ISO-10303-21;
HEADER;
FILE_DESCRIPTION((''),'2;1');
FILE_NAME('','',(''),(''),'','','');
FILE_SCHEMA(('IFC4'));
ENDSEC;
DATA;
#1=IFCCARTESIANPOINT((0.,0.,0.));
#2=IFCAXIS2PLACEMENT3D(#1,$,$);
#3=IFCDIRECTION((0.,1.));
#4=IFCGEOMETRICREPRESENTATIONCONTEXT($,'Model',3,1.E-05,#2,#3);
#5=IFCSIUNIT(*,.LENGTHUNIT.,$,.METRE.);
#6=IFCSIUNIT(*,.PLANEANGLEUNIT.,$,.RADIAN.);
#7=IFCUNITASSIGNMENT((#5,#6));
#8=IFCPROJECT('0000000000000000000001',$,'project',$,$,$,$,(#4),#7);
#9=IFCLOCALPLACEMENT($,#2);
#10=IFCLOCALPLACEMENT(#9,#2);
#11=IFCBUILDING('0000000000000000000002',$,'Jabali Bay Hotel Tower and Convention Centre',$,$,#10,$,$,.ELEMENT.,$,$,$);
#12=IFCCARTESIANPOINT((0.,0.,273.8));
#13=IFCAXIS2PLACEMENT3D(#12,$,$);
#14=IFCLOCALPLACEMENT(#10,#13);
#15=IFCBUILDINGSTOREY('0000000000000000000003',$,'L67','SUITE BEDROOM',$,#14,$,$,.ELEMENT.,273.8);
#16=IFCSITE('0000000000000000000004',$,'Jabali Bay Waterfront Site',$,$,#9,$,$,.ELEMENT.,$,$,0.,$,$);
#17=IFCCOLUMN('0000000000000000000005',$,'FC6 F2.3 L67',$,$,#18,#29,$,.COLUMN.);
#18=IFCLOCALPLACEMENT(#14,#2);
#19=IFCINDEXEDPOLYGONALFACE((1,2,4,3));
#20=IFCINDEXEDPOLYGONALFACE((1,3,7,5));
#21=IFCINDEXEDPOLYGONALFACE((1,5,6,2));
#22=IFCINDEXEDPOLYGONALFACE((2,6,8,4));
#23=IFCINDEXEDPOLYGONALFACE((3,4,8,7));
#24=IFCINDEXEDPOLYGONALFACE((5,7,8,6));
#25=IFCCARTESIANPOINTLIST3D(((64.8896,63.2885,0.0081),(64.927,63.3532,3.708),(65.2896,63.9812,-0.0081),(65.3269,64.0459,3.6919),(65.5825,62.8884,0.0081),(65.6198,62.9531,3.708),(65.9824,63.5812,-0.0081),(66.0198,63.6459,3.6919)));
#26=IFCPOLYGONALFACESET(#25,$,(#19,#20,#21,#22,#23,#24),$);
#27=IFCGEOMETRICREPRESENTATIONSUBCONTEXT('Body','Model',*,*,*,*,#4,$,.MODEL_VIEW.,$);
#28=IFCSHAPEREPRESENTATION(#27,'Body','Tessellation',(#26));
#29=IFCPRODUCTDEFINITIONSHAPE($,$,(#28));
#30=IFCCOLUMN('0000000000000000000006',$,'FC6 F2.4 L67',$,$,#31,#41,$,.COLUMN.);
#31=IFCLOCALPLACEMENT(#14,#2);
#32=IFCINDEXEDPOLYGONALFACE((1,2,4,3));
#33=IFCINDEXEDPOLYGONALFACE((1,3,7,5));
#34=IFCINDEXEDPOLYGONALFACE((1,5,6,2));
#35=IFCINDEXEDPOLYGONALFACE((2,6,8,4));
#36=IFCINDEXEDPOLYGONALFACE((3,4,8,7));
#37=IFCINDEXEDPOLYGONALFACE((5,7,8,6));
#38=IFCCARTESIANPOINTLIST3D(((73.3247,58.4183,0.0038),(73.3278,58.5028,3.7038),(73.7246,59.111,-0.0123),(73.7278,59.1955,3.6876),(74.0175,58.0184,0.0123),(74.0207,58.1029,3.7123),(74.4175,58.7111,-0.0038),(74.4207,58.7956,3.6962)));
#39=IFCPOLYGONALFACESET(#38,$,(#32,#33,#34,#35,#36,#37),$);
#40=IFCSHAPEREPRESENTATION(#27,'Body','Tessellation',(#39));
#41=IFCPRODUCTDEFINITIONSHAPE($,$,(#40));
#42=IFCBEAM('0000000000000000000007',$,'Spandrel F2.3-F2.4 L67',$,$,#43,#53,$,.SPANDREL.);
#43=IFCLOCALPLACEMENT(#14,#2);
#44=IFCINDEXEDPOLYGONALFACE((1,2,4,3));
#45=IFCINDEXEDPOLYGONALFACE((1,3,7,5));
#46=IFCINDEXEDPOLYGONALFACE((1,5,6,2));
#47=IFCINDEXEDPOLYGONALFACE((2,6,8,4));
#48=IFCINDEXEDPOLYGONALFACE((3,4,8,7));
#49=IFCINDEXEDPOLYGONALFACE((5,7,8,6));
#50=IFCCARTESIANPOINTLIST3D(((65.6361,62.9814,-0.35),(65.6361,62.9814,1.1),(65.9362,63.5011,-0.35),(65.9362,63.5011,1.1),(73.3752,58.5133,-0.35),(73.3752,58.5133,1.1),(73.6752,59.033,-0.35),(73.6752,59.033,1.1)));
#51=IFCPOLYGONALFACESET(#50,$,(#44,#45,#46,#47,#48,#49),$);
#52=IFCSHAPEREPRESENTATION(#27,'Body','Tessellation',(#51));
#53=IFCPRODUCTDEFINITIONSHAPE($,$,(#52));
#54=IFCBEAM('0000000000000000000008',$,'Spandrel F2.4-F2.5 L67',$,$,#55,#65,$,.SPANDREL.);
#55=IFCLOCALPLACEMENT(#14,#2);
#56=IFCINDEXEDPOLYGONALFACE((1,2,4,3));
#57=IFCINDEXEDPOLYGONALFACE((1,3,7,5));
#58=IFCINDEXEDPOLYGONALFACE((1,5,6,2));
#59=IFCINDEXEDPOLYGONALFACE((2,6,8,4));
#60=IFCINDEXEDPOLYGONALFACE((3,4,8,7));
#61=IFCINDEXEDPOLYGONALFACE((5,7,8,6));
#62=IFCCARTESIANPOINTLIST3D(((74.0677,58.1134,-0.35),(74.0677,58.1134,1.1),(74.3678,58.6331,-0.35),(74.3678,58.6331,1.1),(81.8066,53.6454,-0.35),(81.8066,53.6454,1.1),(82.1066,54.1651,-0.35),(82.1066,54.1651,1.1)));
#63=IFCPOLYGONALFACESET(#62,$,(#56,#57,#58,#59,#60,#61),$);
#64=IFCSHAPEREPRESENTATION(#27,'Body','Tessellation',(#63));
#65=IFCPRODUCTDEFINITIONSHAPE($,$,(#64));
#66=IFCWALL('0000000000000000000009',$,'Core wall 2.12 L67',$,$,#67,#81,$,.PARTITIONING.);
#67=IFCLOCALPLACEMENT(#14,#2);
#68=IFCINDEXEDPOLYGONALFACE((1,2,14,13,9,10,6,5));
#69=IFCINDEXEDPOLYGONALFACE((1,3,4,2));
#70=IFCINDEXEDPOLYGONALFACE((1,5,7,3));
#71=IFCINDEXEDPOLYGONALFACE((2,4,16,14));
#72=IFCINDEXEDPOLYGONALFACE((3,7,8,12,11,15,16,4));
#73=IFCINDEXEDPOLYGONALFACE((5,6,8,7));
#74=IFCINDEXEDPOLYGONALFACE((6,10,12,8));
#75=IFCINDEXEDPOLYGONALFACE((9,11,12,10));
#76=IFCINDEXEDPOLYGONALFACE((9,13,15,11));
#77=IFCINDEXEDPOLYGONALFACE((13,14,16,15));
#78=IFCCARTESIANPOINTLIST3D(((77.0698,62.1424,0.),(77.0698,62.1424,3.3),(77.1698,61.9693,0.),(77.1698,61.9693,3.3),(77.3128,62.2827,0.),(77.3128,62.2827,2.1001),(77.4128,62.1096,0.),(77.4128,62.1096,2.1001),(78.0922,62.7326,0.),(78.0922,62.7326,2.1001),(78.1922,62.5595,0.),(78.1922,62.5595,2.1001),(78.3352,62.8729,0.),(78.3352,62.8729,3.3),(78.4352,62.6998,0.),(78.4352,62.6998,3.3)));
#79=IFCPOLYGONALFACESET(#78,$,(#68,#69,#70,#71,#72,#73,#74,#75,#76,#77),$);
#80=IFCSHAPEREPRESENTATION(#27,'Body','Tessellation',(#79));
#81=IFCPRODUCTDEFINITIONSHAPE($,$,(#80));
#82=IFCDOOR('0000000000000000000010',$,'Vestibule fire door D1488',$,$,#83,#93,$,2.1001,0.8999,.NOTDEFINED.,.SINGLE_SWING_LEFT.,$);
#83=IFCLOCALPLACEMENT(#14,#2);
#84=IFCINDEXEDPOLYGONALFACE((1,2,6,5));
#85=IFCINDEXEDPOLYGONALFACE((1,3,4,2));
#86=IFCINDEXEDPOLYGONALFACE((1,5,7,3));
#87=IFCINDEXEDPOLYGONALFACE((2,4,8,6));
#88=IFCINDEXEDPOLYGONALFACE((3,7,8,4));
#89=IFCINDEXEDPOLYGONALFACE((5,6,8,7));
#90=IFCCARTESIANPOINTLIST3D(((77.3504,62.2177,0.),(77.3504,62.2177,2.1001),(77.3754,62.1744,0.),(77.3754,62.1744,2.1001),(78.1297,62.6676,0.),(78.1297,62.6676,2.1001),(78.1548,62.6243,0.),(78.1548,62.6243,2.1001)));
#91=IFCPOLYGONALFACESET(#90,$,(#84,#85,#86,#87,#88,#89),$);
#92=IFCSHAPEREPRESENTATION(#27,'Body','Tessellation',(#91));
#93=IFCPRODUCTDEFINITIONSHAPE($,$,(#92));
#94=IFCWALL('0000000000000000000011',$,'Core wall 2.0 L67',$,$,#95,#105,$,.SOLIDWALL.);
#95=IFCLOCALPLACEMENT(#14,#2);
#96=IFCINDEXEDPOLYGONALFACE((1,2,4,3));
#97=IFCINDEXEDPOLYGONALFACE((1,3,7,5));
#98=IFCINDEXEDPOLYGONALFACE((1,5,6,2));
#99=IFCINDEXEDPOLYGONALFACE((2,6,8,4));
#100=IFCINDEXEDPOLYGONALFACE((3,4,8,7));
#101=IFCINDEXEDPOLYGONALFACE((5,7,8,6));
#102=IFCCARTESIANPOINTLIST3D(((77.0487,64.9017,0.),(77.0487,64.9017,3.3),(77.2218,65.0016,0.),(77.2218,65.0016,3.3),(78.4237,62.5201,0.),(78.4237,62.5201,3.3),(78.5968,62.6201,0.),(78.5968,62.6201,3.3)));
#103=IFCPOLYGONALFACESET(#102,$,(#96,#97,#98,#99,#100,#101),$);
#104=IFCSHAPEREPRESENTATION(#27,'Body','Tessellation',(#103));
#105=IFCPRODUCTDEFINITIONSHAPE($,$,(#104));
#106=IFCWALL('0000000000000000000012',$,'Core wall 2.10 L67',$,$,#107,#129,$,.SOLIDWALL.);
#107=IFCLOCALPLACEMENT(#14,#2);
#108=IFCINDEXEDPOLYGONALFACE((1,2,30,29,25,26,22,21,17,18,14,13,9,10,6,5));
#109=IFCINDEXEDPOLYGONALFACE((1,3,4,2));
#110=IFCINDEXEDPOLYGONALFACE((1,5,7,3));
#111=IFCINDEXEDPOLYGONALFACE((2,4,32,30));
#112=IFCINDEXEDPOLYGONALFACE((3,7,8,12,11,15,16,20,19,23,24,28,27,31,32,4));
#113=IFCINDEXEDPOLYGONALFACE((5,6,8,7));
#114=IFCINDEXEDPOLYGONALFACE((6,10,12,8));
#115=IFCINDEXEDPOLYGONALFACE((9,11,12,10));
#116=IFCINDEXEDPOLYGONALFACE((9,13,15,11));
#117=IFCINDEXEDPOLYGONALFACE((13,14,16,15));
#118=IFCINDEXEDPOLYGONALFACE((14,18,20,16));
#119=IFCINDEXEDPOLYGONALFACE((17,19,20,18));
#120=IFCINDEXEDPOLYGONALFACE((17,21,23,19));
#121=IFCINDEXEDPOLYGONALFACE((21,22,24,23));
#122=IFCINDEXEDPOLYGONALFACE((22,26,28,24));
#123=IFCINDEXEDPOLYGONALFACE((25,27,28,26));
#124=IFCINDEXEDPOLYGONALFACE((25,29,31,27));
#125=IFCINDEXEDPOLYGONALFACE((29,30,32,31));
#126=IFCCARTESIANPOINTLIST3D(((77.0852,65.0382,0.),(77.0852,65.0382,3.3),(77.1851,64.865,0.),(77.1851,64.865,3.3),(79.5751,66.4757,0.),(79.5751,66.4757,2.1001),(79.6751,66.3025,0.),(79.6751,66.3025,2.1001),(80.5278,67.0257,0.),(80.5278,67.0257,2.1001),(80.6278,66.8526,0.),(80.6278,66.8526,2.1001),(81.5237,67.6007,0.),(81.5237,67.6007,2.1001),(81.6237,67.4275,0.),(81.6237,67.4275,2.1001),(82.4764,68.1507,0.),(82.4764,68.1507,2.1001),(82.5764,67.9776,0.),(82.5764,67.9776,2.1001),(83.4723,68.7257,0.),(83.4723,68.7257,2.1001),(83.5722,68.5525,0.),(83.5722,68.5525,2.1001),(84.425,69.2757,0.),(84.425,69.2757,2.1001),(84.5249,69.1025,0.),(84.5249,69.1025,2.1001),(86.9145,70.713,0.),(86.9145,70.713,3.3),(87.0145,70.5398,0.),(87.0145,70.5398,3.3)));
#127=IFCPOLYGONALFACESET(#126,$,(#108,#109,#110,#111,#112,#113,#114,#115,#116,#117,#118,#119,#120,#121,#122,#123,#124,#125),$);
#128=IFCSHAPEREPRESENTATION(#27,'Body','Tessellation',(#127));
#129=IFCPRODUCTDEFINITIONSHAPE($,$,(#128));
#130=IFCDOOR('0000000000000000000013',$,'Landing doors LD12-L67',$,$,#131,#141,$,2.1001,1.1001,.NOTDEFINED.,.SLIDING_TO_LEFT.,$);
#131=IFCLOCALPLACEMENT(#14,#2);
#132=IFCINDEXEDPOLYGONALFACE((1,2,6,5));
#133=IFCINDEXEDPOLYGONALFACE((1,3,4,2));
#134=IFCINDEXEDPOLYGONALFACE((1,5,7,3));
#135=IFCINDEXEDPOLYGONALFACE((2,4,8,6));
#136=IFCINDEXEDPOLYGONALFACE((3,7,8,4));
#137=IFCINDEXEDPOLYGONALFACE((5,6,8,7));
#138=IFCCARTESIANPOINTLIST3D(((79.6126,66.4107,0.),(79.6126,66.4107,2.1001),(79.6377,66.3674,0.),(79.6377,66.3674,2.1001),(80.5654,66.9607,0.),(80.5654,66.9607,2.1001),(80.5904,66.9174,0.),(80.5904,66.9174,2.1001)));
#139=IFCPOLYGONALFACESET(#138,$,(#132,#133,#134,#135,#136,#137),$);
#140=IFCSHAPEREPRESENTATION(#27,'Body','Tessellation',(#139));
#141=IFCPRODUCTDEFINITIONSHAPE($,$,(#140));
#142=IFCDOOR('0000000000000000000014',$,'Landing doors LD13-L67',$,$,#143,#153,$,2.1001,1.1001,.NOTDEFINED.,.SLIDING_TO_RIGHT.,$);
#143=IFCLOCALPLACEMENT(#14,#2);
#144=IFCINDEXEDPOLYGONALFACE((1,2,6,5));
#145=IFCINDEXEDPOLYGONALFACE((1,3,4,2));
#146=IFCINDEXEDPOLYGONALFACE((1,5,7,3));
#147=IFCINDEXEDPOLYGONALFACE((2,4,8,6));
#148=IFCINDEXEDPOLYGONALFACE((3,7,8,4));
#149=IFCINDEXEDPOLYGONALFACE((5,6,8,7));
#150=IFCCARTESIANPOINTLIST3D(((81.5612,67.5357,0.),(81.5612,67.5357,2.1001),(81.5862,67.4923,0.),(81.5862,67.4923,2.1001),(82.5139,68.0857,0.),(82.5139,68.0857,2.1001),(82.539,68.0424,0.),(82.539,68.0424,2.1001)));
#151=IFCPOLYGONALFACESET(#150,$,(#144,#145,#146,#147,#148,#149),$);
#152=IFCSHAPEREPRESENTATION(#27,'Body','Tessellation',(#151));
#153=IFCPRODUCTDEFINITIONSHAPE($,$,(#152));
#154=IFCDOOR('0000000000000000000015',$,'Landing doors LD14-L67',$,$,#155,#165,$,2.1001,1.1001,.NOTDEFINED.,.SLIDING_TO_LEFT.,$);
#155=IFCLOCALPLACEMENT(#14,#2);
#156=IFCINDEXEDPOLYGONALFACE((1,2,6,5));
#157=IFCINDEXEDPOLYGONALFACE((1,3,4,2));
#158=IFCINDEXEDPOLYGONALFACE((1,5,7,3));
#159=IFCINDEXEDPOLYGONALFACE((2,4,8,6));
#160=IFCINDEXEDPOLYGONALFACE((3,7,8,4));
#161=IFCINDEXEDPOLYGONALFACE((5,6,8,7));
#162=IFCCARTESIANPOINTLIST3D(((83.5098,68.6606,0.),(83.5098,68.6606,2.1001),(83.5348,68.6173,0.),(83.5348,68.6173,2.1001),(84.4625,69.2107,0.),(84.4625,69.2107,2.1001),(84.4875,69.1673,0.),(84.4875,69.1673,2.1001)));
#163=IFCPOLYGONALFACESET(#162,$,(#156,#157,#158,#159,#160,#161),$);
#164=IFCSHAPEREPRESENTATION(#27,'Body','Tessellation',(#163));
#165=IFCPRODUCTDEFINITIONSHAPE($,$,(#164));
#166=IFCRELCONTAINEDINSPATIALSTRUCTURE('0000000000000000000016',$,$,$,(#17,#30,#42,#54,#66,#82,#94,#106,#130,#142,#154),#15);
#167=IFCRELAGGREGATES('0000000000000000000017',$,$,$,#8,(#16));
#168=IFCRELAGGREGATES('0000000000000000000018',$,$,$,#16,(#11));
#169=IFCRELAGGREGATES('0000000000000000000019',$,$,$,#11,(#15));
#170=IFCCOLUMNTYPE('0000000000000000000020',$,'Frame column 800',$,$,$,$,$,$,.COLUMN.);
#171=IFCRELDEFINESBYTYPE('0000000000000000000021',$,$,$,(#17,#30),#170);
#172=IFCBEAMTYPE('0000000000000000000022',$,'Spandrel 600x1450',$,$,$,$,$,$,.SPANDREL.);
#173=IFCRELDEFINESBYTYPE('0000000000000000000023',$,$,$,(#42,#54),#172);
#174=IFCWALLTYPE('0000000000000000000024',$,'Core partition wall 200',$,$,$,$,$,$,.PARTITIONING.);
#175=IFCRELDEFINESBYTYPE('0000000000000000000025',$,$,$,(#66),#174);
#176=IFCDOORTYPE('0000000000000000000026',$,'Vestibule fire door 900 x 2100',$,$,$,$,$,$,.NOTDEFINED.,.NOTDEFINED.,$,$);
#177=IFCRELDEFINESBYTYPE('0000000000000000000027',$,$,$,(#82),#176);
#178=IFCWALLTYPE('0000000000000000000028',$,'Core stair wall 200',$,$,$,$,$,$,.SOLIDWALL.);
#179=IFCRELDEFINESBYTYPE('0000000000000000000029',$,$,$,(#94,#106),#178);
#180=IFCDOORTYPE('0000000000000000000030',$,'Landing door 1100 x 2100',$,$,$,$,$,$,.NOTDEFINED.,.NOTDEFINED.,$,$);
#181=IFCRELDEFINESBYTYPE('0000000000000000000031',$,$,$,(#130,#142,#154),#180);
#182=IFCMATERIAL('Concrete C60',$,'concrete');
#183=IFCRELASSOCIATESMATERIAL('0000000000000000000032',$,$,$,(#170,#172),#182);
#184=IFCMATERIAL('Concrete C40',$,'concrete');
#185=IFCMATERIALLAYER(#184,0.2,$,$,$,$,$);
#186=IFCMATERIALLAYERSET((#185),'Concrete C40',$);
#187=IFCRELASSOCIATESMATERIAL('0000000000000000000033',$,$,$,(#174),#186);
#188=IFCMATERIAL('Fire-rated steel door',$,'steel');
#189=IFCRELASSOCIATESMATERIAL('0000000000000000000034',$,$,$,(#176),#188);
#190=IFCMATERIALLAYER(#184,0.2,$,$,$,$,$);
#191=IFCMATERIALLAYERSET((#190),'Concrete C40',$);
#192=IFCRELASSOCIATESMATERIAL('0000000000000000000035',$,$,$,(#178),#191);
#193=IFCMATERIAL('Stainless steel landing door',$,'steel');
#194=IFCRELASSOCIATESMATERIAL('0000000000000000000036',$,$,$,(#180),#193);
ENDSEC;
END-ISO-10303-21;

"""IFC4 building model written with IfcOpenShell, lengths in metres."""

from ifc_helpers import new_model, si_unit, direction, frame, frame_2d, origin, origin_2d, place, context, subcontext, project, spatial, rectangle, extrude, material, layer, layer_set, material_profile, profile_set, type_object, element, fill, save


model = new_model("IFC4")

# Units and contexts
model_context = context("Model", 3, precision=1e-05, world=origin(), true_north=direction((0.0, 1.0)))
body_context = subcontext(model_context, "Body", "Model", "MODEL_VIEW")
ifc_project = project(units=[si_unit("LENGTHUNIT", "METRE"), si_unit("PLANEANGLEUNIT", "RADIAN")], contexts=[model_context])

# Site, building, storey
site_placement = place(None, origin())
site = spatial("IfcSite", under=ifc_project, at=site_placement, Name="Jabali Bay Waterfront Site", CompositionType="ELEMENT", RefElevation=0.0)
building_placement = place(site_placement, origin())
building = spatial("IfcBuilding", under=site, at=building_placement, Name="Jabali Bay Hotel Tower and Convention Centre", CompositionType="ELEMENT")
storey_placement = place(building_placement, frame((0.0, 0.0, 273.8)))
storey = spatial("IfcBuildingStorey", under=building, at=storey_placement, Name="L67", Description="SUITE BEDROOM", CompositionType="ELEMENT", Elevation=273.8)

# Columns
ifc_material_1 = material(Name="Concrete C60", Category="concrete")
ifc_material_profile_1 = material_profile(ifc_material_1, rectangle(XDim=0.8, YDim=0.8, at=origin_2d()), Name="Frame column 800")
ifc_profile_set_1 = profile_set([ifc_material_profile_1], Name="Concrete C60")
column_type = type_object("IfcColumnType", Name="Frame column 800", PredefinedType="COLUMN", material=ifc_profile_set_1)
column_1_placement = place(storey_placement, frame((65.436, 63.4348, 0.0), z_axis=(0.010094, 0.017482, 0.999796), x_axis=(-0.499907, -0.865844, 0.020187)))
element("IfcColumn", 1, at=column_1_placement, inside=storey, type_object=column_type, Name="FC6 F2.3 L67", PredefinedType="COLUMN", context=body_context, shape_type="SweptSolid", body=[
    extrude(rectangle(XDim=0.8, YDim=0.8, at=origin_2d()), origin(), (0.0, 0.0, 1.0), 3.7007),
])
column_2_placement = place(storey_placement, frame((73.8711, 58.5647, 0.0), z_axis=(0.000858, 0.022825, 0.999739), x_axis=(-0.499949, -0.865819, 0.020196)))
element("IfcColumn", 2, at=column_2_placement, inside=storey, type_object=column_type, Name="FC6 F2.4 L67", PredefinedType="COLUMN", context=body_context, shape_type="SweptSolid", body=[
    extrude(rectangle(XDim=0.8, YDim=0.8, at=origin_2d()), origin(), (0.0, 0.0, 1.0), 3.7009),
])

# Beams
ifc_material_profile_2 = material_profile(ifc_material_1, rectangle(XDim=0.6001, YDim=1.45, at=origin_2d()), Name="Spandrel 600x1450")
ifc_profile_set_2 = profile_set([ifc_material_profile_2], Name="Concrete C60")
beam_type = type_object("IfcBeamType", Name="Spandrel 600x1450", PredefinedType="SPANDREL", material=ifc_profile_set_2)
beam_1_placement = place(storey_placement, frame((65.7861, 63.2412, 0.375), z_axis=(0.86603, -0.499991, 0.0), x_axis=(0.499991, 0.86603, 0.0)))
element("IfcBeam", 3, at=beam_1_placement, inside=storey, type_object=beam_type, Name="Spandrel F2.3-F2.4 L67", PredefinedType="SPANDREL", context=body_context, shape_type="SweptSolid", body=[
    extrude(rectangle(XDim=0.6001, YDim=1.45, at=origin_2d()), origin(), (0.0, 0.0, 1.0), 8.9363),
])
beam_2_placement = place(storey_placement, frame((74.2178, 58.3733, 0.375), z_axis=(0.866024, -0.500003, 0.0), x_axis=(0.500003, 0.866024, 0.0)))
element("IfcBeam", 4, at=beam_2_placement, inside=storey, type_object=beam_type, Name="Spandrel F2.4-F2.5 L67", PredefinedType="SPANDREL", context=body_context, shape_type="SweptSolid", body=[
    extrude(rectangle(XDim=0.6001, YDim=1.45, at=origin_2d()), origin(), (0.0, 0.0, 1.0), 8.936),
])

# Wall, opening, door
ifc_material_2 = material(Name="Concrete C40", Category="concrete")
ifc_layer_1 = layer(ifc_material_2, 0.2)
ifc_layer_set_1 = layer_set([ifc_layer_1], Name="Concrete C40")
wall_type_1 = type_object("IfcWallType", Name="Core partition wall 200", PredefinedType="PARTITIONING", material=ifc_layer_set_1)
wall_1_placement = place(storey_placement, frame((77.1199, 62.0559, 0.0), z_axis=(0.0, 0.0, 1.0), x_axis=(0.866055, 0.499949, 0.0)))
wall_1 = element("IfcWall", 5, at=wall_1_placement, inside=storey, type_object=wall_type_1, Name="Core wall 2.12 L67", PredefinedType="PARTITIONING", context=body_context, shape_type="SweptSolid", body=[
    extrude(rectangle(XDim=1.4612, YDim=0.2, at=frame_2d((0.7305, 0.0))), origin(), (0.0, 0.0, 1.0), 3.3),
])
opening_1_placement = place(wall_1_placement, frame((0.2805, 0.0, 0.0)))
opening_1 = element("IfcOpeningElement", 6, at=opening_1_placement, cuts=wall_1, PredefinedType="OPENING", context=body_context, shape_type="SweptSolid", body=[
    extrude(rectangle(XDim=0.8999, YDim=2.1001, at=frame_2d((0.45, 1.05))), frame((0.0, 0.1104, 0.0), z_axis=(0.0, -1.0, 0.0), x_axis=(1.0, 0.0, 0.0)), (0.0, 0.0, 1.0), 0.2209),
])
ifc_material_3 = material(Name="Fire-rated steel door", Category="steel")
door_type_1 = type_object("IfcDoorType", Name="Vestibule fire door 900 x 2100", OperationType="NOTDEFINED", PredefinedType="NOTDEFINED", material=ifc_material_3)
door_1_placement = place(opening_1_placement, origin())
door_1 = element("IfcDoor", 7, at=door_1_placement, inside=storey, type_object=door_type_1, Name="Vestibule fire door D1488", OperationType="SINGLE_SWING_LEFT", OverallHeight=2.1001, OverallWidth=0.8999, PredefinedType="NOTDEFINED", context=body_context, shape_type="SweptSolid", body=[
    extrude(rectangle(XDim=0.8999, YDim=2.1001, at=frame_2d((0.45, 1.05))), frame((0.0, 0.0249, 0.0), z_axis=(0.0, -1.0, 0.0), x_axis=(1.0, 0.0, 0.0)), (0.0, 0.0, 1.0), 0.05),
])
fill(opening_1, door_1)

# Wall
ifc_layer_2 = layer(ifc_material_2, 0.2)
ifc_layer_set_2 = layer_set([ifc_layer_2], Name="Concrete C40")
wall_type_2 = type_object("IfcWallType", Name="Core stair wall 200", PredefinedType="SOLIDWALL", material=ifc_layer_set_2)
wall_2_placement = place(storey_placement, frame((77.1353, 64.9517, 0.0), z_axis=(0.0, 0.0, 1.0), x_axis=(0.499997, -0.866027, 0.0)))
element("IfcWall", 8, at=wall_2_placement, inside=storey, type_object=wall_type_2, Name="Core wall 2.0 L67", PredefinedType="SOLIDWALL", context=body_context, shape_type="SweptSolid", body=[
    extrude(rectangle(XDim=2.75, YDim=0.2, at=frame_2d((1.375, 0.0))), origin(), (0.0, 0.0, 1.0), 3.3),
])

# Wall, openings, doors
wall_3_placement = place(storey_placement, frame((77.1353, 64.9517, 0.0), z_axis=(0.0, 0.0, 1.0), x_axis=(0.866032, 0.499989, 0.0)))
wall_3 = element("IfcWall", 9, at=wall_3_placement, inside=storey, type_object=wall_type_2, Name="Core wall 2.10 L67", PredefinedType="SOLIDWALL", context=body_context, shape_type="SweptSolid", body=[
    extrude(rectangle(XDim=11.3499, YDim=0.2, at=frame_2d((5.6748, 0.0))), origin(), (0.0, 0.0, 1.0), 3.3),
])
opening_2_placement = place(wall_3_placement, frame((2.875, 0.0, 0.0)))
opening_2 = element("IfcOpeningElement", 10, at=opening_2_placement, cuts=wall_3, PredefinedType="OPENING", context=body_context, shape_type="SweptSolid", body=[
    extrude(rectangle(XDim=1.1001, YDim=2.1001, at=frame_2d((0.55, 1.05))), frame((0.0, 0.1104, 0.0), z_axis=(0.0, -1.0, 0.0), x_axis=(1.0, 0.0, 0.0)), (0.0, 0.0, 1.0), 0.2209),
])
opening_3_placement = place(wall_3_placement, frame((5.125, 0.0, 0.0)))
opening_3 = element("IfcOpeningElement", 11, at=opening_3_placement, cuts=wall_3, PredefinedType="OPENING", context=body_context, shape_type="SweptSolid", body=[
    extrude(rectangle(XDim=1.1001, YDim=2.1001, at=frame_2d((0.55, 1.05))), frame((0.0, 0.1104, 0.0), z_axis=(0.0, -1.0, 0.0), x_axis=(1.0, 0.0, 0.0)), (0.0, 0.0, 1.0), 0.2209),
])
opening_4_placement = place(wall_3_placement, frame((7.375, 0.0, 0.0)))
opening_4 = element("IfcOpeningElement", 12, at=opening_4_placement, cuts=wall_3, PredefinedType="OPENING", context=body_context, shape_type="SweptSolid", body=[
    extrude(rectangle(XDim=1.1001, YDim=2.1001, at=frame_2d((0.55, 1.05))), frame((0.0, 0.1104, 0.0), z_axis=(0.0, -1.0, 0.0), x_axis=(1.0, 0.0, 0.0)), (0.0, 0.0, 1.0), 0.2209),
])
ifc_material_4 = material(Name="Stainless steel landing door", Category="steel")
door_type_2 = type_object("IfcDoorType", Name="Landing door 1100 x 2100", OperationType="NOTDEFINED", PredefinedType="NOTDEFINED", material=ifc_material_4)
door_2_placement = place(opening_2_placement, origin())
door_2 = element("IfcDoor", 13, at=door_2_placement, inside=storey, type_object=door_type_2, Name="Landing doors LD12-L67", OperationType="SLIDING_TO_LEFT", OverallHeight=2.1001, OverallWidth=1.1001, PredefinedType="NOTDEFINED", context=body_context, shape_type="SweptSolid", body=[
    extrude(rectangle(XDim=1.1001, YDim=2.1001, at=frame_2d((0.55, 1.05))), frame((0.0, 0.0249, 0.0), z_axis=(0.0, -1.0, 0.0), x_axis=(1.0, 0.0, 0.0)), (0.0, 0.0, 1.0), 0.05),
])
fill(opening_2, door_2)
door_3_placement = place(opening_3_placement, origin())
door_3 = element("IfcDoor", 14, at=door_3_placement, inside=storey, type_object=door_type_2, Name="Landing doors LD13-L67", OperationType="SLIDING_TO_RIGHT", OverallHeight=2.1001, OverallWidth=1.1001, PredefinedType="NOTDEFINED", context=body_context, shape_type="SweptSolid", body=[
    extrude(rectangle(XDim=1.1001, YDim=2.1001, at=frame_2d((0.55, 1.05))), frame((0.0, 0.0249, 0.0), z_axis=(0.0, -1.0, 0.0), x_axis=(1.0, 0.0, 0.0)), (0.0, 0.0, 1.0), 0.05),
])
fill(opening_3, door_3)
door_4_placement = place(opening_4_placement, origin())
door_4 = element("IfcDoor", 15, at=door_4_placement, inside=storey, type_object=door_type_2, Name="Landing doors LD14-L67", OperationType="SLIDING_TO_LEFT", OverallHeight=2.1001, OverallWidth=1.1001, PredefinedType="NOTDEFINED", context=body_context, shape_type="SweptSolid", body=[
    extrude(rectangle(XDim=1.1001, YDim=2.1001, at=frame_2d((0.55, 1.05))), frame((0.0, 0.0249, 0.0), z_axis=(0.0, -1.0, 0.0), x_axis=(1.0, 0.0, 0.0)), (0.0, 0.0, 1.0), 0.05),
])
fill(opening_4, door_4)

save(model, "model.ifc")
